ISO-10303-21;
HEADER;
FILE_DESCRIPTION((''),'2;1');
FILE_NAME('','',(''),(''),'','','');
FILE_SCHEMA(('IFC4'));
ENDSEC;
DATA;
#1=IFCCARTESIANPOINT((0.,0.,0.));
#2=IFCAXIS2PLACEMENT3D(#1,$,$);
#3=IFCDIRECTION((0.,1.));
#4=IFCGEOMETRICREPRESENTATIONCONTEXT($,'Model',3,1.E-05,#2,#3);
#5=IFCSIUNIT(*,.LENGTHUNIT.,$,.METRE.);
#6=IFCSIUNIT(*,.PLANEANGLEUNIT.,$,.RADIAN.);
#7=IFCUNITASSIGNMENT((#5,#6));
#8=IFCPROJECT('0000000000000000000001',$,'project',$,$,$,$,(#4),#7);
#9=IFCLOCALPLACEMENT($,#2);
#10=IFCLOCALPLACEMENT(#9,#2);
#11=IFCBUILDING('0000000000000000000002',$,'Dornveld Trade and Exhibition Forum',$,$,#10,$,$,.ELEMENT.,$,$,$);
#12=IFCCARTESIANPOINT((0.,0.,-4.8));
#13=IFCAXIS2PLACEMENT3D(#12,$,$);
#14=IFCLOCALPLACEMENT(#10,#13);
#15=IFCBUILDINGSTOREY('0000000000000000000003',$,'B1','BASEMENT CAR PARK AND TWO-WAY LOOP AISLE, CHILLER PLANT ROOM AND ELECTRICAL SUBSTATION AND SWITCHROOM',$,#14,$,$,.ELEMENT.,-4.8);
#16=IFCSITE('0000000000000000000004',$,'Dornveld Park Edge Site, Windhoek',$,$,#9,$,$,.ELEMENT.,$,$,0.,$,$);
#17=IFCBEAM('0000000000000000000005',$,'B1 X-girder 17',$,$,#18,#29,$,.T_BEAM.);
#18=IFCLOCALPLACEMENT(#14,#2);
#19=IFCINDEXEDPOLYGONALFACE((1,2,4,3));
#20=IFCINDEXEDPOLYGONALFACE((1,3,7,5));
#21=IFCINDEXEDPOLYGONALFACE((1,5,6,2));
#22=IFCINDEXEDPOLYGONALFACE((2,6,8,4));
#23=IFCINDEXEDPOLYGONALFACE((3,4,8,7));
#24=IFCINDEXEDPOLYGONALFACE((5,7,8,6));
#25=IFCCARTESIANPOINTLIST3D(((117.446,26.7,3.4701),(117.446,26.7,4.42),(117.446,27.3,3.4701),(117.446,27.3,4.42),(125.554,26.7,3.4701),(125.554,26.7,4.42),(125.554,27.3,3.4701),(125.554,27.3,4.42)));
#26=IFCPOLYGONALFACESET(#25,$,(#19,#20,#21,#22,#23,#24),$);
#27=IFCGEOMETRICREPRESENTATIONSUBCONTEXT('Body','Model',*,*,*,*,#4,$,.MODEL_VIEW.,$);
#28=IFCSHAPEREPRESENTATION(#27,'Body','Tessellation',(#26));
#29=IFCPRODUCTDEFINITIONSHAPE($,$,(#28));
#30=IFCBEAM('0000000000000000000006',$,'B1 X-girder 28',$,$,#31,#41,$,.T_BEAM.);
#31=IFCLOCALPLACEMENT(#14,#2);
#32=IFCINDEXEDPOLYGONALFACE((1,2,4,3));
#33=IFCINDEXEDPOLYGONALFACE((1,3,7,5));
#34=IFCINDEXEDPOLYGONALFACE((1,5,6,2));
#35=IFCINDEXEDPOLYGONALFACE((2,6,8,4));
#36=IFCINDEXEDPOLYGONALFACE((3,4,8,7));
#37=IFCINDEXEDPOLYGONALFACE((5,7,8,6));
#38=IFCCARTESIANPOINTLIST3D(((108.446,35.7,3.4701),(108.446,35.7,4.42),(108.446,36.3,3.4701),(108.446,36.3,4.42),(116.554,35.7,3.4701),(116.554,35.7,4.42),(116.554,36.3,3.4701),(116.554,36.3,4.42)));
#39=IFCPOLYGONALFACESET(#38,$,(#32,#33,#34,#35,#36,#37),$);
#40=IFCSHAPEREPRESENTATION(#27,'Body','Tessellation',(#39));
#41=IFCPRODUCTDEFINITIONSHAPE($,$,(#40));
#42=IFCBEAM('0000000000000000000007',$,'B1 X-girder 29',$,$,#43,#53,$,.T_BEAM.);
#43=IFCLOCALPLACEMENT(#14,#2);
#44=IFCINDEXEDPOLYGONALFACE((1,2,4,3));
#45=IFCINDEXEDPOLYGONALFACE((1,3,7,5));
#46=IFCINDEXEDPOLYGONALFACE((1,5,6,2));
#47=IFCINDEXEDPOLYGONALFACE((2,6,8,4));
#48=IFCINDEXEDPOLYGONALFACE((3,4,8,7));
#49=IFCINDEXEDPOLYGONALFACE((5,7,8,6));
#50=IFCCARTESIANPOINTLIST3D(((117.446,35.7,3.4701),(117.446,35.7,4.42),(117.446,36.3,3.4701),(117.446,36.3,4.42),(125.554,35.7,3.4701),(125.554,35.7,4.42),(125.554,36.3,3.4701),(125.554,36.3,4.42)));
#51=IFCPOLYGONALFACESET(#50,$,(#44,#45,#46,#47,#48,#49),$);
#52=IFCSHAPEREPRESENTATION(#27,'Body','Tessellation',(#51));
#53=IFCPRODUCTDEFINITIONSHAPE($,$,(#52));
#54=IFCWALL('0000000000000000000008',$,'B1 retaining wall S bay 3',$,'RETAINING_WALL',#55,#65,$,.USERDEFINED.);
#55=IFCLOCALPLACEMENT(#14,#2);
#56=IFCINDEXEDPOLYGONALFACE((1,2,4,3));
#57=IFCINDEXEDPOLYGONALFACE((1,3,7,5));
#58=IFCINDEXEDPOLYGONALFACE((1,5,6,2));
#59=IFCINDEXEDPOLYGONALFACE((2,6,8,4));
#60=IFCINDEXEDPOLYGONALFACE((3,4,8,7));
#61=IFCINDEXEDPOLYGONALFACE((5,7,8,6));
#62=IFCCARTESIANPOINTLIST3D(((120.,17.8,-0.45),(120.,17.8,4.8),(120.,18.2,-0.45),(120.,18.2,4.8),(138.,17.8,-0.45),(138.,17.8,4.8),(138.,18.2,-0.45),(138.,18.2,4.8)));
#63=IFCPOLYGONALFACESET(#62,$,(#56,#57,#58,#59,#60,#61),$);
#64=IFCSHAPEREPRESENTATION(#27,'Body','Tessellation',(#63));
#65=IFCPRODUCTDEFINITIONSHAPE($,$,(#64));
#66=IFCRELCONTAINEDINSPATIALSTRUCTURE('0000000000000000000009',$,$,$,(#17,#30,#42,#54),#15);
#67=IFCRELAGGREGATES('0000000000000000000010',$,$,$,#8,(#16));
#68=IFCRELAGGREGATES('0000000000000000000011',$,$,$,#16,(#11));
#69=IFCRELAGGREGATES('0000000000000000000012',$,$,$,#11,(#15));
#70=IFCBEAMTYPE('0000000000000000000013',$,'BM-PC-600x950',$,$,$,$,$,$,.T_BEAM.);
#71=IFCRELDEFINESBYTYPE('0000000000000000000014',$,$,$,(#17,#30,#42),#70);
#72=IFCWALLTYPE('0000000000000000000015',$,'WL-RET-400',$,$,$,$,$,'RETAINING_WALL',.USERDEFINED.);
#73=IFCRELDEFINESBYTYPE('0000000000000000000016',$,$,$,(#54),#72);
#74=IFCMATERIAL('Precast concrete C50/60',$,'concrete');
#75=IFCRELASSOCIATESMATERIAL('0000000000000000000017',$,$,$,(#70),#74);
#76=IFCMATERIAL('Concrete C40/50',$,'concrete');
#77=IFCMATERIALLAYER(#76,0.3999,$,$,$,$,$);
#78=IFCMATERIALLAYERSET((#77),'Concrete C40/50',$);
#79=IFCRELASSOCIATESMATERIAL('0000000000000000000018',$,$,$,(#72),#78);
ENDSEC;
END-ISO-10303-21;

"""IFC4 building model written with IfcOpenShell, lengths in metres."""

from ifc_helpers import new_model, si_unit, direction, frame, frame_2d, origin, origin_2d, place, context, subcontext, project, spatial, rectangle, extrude, material, layer, layer_set, material_profile, profile_set, type_object, element, save


model = new_model("IFC4")

# Units and contexts
model_context = context("Model", 3, precision=1e-05, world=origin(), true_north=direction((0.0, 1.0)))
body_context = subcontext(model_context, "Body", "Model", "MODEL_VIEW")
ifc_project = project(units=[si_unit("LENGTHUNIT", "METRE"), si_unit("PLANEANGLEUNIT", "RADIAN")], contexts=[model_context])

# Site, building, storey
site_placement = place(None, origin())
site = spatial("IfcSite", under=ifc_project, at=site_placement, Name="Dornveld Park Edge Site, Windhoek", CompositionType="ELEMENT", RefElevation=0.0)
building_placement = place(site_placement, origin())
building = spatial("IfcBuilding", under=site, at=building_placement, Name="Dornveld Trade and Exhibition Forum", CompositionType="ELEMENT")
storey_placement = place(building_placement, frame((0.0, 0.0, -4.8)))
storey = spatial("IfcBuildingStorey", under=building, at=storey_placement, Name="B1", Description="BASEMENT CAR PARK AND TWO-WAY LOOP AISLE, CHILLER PLANT ROOM AND ELECTRICAL SUBSTATION AND SWITCHROOM", CompositionType="ELEMENT", Elevation=-4.8)

# Beams
ifc_material_1 = material(Name="Precast concrete C50/60", Category="concrete")
ifc_material_profile_1 = material_profile(ifc_material_1, rectangle(XDim=0.6001, YDim=0.95, at=origin_2d()), Name="PC-GIR 600x950")
ifc_profile_set_1 = profile_set([ifc_material_profile_1], Name="Precast concrete C50/60")
beam_type_1 = type_object("IfcBeamType", Name="BM-PC-600x950", PredefinedType="T_BEAM", material=ifc_profile_set_1)
for number, where, z_axis, x_axis, name in (
    (1, (117.446, 27.0, 3.9451), (1.0, 0.0, 0.0), (0.0, 1.0, 0.0), "B1 X-girder 17"),
    (2, (108.446, 36.0, 3.9451), (1.0, 0.0, 0.0), (0.0, 1.0, 0.0), "B1 X-girder 28"),
    (3, (117.446, 36.0, 3.9451), (1.0, 0.0, 0.0), (0.0, 1.0, 0.0), "B1 X-girder 29"),
):
    element("IfcBeam", number, at=place(storey_placement, frame(where, z_axis=z_axis, x_axis=x_axis)), inside=storey, type_object=beam_type_1, Name=name, PredefinedType="T_BEAM", context=body_context, shape_type="SweptSolid", body=[
        extrude(rectangle(XDim=0.6001, YDim=0.95, at=origin_2d()), origin(), (0.0, 0.0, 1.0), 8.1079),
    ])

# Wall
ifc_material_2 = material(Name="Concrete C40/50", Category="concrete")
ifc_layer = layer(ifc_material_2, 0.3999)
ifc_layer_set = layer_set([ifc_layer], Name="Concrete C40/50")
wall_type = type_object("IfcWallType", Name="WL-RET-400", ElementType="RETAINING_WALL", PredefinedType="USERDEFINED", material=ifc_layer_set)
wall_placement = place(storey_placement, frame((120.0, 18.0, -0.45), z_axis=(0.0, 0.0, 1.0), x_axis=(1.0, 0.0, 0.0)))
element("IfcWall", 4, at=wall_placement, inside=storey, type_object=wall_type, Name="B1 retaining wall S bay 3", ObjectType="RETAINING_WALL", PredefinedType="USERDEFINED", context=body_context, shape_type="SweptSolid", body=[
    extrude(rectangle(XDim=18.0, YDim=0.3999, at=frame_2d((9.0, 0.0))), origin(), (0.0, 0.0, 1.0), 5.25),
])

save(model, "model.ifc")
